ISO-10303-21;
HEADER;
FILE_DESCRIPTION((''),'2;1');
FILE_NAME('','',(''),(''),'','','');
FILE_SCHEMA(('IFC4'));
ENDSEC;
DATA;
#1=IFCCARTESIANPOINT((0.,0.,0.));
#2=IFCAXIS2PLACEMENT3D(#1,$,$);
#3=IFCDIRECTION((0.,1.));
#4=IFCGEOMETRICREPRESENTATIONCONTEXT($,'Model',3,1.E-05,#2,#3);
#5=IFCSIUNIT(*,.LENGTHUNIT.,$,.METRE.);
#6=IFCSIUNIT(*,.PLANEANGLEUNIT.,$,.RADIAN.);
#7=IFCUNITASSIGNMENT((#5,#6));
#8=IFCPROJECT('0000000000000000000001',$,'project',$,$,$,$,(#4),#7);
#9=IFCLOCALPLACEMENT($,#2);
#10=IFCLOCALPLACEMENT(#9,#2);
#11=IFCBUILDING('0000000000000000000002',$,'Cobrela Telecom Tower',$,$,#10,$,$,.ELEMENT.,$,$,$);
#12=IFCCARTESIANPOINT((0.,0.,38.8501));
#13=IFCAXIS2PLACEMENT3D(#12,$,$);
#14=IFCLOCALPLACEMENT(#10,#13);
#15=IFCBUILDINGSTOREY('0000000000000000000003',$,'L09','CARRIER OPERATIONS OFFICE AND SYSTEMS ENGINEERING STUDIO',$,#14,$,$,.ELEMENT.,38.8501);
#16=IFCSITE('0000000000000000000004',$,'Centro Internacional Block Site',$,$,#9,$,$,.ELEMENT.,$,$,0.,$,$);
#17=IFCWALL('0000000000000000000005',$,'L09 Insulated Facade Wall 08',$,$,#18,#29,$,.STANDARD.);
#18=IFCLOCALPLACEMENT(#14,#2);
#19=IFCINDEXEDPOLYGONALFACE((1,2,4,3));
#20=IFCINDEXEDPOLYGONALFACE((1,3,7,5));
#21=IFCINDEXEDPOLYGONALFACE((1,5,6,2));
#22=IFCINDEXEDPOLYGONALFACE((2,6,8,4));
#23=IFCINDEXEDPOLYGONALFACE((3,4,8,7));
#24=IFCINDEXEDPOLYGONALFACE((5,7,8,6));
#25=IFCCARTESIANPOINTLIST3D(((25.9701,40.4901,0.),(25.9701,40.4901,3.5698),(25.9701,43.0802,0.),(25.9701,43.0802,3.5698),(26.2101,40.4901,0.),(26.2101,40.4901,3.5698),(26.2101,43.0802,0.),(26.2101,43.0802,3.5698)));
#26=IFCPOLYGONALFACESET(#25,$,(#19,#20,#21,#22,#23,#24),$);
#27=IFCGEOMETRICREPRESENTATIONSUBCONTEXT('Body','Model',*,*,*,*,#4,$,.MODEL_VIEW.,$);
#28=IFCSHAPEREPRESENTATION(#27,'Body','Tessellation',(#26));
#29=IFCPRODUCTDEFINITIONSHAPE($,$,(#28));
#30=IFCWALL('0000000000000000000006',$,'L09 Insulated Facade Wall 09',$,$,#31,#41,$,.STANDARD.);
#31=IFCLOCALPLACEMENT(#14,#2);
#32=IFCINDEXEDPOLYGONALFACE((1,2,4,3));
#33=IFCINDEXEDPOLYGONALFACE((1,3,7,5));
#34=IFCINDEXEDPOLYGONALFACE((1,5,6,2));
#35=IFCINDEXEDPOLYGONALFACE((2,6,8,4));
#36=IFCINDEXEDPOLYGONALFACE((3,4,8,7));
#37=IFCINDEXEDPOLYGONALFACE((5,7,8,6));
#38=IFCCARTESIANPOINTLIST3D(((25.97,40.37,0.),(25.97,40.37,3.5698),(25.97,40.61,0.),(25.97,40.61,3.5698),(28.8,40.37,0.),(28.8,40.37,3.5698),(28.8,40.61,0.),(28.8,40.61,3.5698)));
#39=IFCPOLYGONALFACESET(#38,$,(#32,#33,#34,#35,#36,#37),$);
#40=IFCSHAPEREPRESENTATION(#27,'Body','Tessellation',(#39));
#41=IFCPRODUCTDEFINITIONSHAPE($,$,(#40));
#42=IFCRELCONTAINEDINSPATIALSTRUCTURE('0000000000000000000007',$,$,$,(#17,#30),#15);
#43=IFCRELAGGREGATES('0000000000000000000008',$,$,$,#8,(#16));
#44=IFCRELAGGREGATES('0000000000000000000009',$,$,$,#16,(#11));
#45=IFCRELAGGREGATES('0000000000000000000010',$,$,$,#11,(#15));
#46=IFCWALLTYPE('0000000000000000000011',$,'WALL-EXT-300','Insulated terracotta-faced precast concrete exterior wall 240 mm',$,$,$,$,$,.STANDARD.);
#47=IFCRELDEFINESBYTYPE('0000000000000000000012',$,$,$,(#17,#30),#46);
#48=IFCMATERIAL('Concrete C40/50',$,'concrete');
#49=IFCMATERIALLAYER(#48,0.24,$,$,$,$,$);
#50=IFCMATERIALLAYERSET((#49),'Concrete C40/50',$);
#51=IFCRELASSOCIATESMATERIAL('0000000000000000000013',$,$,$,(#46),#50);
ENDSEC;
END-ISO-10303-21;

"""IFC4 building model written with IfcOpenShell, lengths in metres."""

from ifc_helpers import new_model, si_unit, direction, frame, frame_2d, origin, place, context, subcontext, project, spatial, rectangle, extrude, material, layer, layer_set, type_object, element, save


model = new_model("IFC4")

# Units and contexts
model_context = context("Model", 3, precision=1e-05, world=origin(), true_north=direction((0.0, 1.0)))
body_context = subcontext(model_context, "Body", "Model", "MODEL_VIEW")
ifc_project = project(units=[si_unit("LENGTHUNIT", "METRE"), si_unit("PLANEANGLEUNIT", "RADIAN")], contexts=[model_context])

# Site, building, storey
site_placement = place(None, origin())
site = spatial("IfcSite", under=ifc_project, at=site_placement, Name="Centro Internacional Block Site", CompositionType="ELEMENT", RefElevation=0.0)
building_placement = place(site_placement, origin())
building = spatial("IfcBuilding", under=site, at=building_placement, Name="Cobrela Telecom Tower", CompositionType="ELEMENT")
storey_placement = place(building_placement, frame((0.0, 0.0, 38.8501)))
storey = spatial("IfcBuildingStorey", under=building, at=storey_placement, Name="L09", Description="CARRIER OPERATIONS OFFICE AND SYSTEMS ENGINEERING STUDIO", CompositionType="ELEMENT", Elevation=38.8501)

# Walls
ifc_material_1 = material(Name="Concrete C40/50", Category="concrete")
ifc_layer_1 = layer(ifc_material_1, 0.24)
ifc_layer_set_1 = layer_set([ifc_layer_1], Name="Concrete C40/50")
wall_type = type_object("IfcWallType", Name="WALL-EXT-300", Description="Insulated terracotta-faced precast concrete exterior wall 240 mm", PredefinedType="STANDARD", material=ifc_layer_set_1)
wall_1_placement = place(storey_placement, frame((26.0901, 43.0801, 0.0), z_axis=(0.0, 0.0, 1.0), x_axis=(0.0, -1.0, 0.0)))
element("IfcWall", 1, at=wall_1_placement, inside=storey, type_object=wall_type, Name="L09 Insulated Facade Wall 08", PredefinedType="STANDARD", context=body_context, shape_type="SweptSolid", body=[
    extrude(rectangle(XDim=2.5901, YDim=0.24, at=frame_2d((1.2949, 0.0))), origin(), (0.0, 0.0, 1.0), 3.5698),
])
wall_2_placement = place(storey_placement, frame((25.97, 40.49, 0.0), z_axis=(0.0, 0.0, 1.0), x_axis=(1.0, 0.0, 0.0)))
element("IfcWall", 2, at=wall_2_placement, inside=storey, type_object=wall_type, Name="L09 Insulated Facade Wall 09", PredefinedType="STANDARD", context=body_context, shape_type="SweptSolid", body=[
    extrude(rectangle(XDim=2.8301, YDim=0.24, at=frame_2d((1.415, 0.0))), origin(), (0.0, 0.0, 1.0), 3.5698),
])

save(model, "model.ifc")
